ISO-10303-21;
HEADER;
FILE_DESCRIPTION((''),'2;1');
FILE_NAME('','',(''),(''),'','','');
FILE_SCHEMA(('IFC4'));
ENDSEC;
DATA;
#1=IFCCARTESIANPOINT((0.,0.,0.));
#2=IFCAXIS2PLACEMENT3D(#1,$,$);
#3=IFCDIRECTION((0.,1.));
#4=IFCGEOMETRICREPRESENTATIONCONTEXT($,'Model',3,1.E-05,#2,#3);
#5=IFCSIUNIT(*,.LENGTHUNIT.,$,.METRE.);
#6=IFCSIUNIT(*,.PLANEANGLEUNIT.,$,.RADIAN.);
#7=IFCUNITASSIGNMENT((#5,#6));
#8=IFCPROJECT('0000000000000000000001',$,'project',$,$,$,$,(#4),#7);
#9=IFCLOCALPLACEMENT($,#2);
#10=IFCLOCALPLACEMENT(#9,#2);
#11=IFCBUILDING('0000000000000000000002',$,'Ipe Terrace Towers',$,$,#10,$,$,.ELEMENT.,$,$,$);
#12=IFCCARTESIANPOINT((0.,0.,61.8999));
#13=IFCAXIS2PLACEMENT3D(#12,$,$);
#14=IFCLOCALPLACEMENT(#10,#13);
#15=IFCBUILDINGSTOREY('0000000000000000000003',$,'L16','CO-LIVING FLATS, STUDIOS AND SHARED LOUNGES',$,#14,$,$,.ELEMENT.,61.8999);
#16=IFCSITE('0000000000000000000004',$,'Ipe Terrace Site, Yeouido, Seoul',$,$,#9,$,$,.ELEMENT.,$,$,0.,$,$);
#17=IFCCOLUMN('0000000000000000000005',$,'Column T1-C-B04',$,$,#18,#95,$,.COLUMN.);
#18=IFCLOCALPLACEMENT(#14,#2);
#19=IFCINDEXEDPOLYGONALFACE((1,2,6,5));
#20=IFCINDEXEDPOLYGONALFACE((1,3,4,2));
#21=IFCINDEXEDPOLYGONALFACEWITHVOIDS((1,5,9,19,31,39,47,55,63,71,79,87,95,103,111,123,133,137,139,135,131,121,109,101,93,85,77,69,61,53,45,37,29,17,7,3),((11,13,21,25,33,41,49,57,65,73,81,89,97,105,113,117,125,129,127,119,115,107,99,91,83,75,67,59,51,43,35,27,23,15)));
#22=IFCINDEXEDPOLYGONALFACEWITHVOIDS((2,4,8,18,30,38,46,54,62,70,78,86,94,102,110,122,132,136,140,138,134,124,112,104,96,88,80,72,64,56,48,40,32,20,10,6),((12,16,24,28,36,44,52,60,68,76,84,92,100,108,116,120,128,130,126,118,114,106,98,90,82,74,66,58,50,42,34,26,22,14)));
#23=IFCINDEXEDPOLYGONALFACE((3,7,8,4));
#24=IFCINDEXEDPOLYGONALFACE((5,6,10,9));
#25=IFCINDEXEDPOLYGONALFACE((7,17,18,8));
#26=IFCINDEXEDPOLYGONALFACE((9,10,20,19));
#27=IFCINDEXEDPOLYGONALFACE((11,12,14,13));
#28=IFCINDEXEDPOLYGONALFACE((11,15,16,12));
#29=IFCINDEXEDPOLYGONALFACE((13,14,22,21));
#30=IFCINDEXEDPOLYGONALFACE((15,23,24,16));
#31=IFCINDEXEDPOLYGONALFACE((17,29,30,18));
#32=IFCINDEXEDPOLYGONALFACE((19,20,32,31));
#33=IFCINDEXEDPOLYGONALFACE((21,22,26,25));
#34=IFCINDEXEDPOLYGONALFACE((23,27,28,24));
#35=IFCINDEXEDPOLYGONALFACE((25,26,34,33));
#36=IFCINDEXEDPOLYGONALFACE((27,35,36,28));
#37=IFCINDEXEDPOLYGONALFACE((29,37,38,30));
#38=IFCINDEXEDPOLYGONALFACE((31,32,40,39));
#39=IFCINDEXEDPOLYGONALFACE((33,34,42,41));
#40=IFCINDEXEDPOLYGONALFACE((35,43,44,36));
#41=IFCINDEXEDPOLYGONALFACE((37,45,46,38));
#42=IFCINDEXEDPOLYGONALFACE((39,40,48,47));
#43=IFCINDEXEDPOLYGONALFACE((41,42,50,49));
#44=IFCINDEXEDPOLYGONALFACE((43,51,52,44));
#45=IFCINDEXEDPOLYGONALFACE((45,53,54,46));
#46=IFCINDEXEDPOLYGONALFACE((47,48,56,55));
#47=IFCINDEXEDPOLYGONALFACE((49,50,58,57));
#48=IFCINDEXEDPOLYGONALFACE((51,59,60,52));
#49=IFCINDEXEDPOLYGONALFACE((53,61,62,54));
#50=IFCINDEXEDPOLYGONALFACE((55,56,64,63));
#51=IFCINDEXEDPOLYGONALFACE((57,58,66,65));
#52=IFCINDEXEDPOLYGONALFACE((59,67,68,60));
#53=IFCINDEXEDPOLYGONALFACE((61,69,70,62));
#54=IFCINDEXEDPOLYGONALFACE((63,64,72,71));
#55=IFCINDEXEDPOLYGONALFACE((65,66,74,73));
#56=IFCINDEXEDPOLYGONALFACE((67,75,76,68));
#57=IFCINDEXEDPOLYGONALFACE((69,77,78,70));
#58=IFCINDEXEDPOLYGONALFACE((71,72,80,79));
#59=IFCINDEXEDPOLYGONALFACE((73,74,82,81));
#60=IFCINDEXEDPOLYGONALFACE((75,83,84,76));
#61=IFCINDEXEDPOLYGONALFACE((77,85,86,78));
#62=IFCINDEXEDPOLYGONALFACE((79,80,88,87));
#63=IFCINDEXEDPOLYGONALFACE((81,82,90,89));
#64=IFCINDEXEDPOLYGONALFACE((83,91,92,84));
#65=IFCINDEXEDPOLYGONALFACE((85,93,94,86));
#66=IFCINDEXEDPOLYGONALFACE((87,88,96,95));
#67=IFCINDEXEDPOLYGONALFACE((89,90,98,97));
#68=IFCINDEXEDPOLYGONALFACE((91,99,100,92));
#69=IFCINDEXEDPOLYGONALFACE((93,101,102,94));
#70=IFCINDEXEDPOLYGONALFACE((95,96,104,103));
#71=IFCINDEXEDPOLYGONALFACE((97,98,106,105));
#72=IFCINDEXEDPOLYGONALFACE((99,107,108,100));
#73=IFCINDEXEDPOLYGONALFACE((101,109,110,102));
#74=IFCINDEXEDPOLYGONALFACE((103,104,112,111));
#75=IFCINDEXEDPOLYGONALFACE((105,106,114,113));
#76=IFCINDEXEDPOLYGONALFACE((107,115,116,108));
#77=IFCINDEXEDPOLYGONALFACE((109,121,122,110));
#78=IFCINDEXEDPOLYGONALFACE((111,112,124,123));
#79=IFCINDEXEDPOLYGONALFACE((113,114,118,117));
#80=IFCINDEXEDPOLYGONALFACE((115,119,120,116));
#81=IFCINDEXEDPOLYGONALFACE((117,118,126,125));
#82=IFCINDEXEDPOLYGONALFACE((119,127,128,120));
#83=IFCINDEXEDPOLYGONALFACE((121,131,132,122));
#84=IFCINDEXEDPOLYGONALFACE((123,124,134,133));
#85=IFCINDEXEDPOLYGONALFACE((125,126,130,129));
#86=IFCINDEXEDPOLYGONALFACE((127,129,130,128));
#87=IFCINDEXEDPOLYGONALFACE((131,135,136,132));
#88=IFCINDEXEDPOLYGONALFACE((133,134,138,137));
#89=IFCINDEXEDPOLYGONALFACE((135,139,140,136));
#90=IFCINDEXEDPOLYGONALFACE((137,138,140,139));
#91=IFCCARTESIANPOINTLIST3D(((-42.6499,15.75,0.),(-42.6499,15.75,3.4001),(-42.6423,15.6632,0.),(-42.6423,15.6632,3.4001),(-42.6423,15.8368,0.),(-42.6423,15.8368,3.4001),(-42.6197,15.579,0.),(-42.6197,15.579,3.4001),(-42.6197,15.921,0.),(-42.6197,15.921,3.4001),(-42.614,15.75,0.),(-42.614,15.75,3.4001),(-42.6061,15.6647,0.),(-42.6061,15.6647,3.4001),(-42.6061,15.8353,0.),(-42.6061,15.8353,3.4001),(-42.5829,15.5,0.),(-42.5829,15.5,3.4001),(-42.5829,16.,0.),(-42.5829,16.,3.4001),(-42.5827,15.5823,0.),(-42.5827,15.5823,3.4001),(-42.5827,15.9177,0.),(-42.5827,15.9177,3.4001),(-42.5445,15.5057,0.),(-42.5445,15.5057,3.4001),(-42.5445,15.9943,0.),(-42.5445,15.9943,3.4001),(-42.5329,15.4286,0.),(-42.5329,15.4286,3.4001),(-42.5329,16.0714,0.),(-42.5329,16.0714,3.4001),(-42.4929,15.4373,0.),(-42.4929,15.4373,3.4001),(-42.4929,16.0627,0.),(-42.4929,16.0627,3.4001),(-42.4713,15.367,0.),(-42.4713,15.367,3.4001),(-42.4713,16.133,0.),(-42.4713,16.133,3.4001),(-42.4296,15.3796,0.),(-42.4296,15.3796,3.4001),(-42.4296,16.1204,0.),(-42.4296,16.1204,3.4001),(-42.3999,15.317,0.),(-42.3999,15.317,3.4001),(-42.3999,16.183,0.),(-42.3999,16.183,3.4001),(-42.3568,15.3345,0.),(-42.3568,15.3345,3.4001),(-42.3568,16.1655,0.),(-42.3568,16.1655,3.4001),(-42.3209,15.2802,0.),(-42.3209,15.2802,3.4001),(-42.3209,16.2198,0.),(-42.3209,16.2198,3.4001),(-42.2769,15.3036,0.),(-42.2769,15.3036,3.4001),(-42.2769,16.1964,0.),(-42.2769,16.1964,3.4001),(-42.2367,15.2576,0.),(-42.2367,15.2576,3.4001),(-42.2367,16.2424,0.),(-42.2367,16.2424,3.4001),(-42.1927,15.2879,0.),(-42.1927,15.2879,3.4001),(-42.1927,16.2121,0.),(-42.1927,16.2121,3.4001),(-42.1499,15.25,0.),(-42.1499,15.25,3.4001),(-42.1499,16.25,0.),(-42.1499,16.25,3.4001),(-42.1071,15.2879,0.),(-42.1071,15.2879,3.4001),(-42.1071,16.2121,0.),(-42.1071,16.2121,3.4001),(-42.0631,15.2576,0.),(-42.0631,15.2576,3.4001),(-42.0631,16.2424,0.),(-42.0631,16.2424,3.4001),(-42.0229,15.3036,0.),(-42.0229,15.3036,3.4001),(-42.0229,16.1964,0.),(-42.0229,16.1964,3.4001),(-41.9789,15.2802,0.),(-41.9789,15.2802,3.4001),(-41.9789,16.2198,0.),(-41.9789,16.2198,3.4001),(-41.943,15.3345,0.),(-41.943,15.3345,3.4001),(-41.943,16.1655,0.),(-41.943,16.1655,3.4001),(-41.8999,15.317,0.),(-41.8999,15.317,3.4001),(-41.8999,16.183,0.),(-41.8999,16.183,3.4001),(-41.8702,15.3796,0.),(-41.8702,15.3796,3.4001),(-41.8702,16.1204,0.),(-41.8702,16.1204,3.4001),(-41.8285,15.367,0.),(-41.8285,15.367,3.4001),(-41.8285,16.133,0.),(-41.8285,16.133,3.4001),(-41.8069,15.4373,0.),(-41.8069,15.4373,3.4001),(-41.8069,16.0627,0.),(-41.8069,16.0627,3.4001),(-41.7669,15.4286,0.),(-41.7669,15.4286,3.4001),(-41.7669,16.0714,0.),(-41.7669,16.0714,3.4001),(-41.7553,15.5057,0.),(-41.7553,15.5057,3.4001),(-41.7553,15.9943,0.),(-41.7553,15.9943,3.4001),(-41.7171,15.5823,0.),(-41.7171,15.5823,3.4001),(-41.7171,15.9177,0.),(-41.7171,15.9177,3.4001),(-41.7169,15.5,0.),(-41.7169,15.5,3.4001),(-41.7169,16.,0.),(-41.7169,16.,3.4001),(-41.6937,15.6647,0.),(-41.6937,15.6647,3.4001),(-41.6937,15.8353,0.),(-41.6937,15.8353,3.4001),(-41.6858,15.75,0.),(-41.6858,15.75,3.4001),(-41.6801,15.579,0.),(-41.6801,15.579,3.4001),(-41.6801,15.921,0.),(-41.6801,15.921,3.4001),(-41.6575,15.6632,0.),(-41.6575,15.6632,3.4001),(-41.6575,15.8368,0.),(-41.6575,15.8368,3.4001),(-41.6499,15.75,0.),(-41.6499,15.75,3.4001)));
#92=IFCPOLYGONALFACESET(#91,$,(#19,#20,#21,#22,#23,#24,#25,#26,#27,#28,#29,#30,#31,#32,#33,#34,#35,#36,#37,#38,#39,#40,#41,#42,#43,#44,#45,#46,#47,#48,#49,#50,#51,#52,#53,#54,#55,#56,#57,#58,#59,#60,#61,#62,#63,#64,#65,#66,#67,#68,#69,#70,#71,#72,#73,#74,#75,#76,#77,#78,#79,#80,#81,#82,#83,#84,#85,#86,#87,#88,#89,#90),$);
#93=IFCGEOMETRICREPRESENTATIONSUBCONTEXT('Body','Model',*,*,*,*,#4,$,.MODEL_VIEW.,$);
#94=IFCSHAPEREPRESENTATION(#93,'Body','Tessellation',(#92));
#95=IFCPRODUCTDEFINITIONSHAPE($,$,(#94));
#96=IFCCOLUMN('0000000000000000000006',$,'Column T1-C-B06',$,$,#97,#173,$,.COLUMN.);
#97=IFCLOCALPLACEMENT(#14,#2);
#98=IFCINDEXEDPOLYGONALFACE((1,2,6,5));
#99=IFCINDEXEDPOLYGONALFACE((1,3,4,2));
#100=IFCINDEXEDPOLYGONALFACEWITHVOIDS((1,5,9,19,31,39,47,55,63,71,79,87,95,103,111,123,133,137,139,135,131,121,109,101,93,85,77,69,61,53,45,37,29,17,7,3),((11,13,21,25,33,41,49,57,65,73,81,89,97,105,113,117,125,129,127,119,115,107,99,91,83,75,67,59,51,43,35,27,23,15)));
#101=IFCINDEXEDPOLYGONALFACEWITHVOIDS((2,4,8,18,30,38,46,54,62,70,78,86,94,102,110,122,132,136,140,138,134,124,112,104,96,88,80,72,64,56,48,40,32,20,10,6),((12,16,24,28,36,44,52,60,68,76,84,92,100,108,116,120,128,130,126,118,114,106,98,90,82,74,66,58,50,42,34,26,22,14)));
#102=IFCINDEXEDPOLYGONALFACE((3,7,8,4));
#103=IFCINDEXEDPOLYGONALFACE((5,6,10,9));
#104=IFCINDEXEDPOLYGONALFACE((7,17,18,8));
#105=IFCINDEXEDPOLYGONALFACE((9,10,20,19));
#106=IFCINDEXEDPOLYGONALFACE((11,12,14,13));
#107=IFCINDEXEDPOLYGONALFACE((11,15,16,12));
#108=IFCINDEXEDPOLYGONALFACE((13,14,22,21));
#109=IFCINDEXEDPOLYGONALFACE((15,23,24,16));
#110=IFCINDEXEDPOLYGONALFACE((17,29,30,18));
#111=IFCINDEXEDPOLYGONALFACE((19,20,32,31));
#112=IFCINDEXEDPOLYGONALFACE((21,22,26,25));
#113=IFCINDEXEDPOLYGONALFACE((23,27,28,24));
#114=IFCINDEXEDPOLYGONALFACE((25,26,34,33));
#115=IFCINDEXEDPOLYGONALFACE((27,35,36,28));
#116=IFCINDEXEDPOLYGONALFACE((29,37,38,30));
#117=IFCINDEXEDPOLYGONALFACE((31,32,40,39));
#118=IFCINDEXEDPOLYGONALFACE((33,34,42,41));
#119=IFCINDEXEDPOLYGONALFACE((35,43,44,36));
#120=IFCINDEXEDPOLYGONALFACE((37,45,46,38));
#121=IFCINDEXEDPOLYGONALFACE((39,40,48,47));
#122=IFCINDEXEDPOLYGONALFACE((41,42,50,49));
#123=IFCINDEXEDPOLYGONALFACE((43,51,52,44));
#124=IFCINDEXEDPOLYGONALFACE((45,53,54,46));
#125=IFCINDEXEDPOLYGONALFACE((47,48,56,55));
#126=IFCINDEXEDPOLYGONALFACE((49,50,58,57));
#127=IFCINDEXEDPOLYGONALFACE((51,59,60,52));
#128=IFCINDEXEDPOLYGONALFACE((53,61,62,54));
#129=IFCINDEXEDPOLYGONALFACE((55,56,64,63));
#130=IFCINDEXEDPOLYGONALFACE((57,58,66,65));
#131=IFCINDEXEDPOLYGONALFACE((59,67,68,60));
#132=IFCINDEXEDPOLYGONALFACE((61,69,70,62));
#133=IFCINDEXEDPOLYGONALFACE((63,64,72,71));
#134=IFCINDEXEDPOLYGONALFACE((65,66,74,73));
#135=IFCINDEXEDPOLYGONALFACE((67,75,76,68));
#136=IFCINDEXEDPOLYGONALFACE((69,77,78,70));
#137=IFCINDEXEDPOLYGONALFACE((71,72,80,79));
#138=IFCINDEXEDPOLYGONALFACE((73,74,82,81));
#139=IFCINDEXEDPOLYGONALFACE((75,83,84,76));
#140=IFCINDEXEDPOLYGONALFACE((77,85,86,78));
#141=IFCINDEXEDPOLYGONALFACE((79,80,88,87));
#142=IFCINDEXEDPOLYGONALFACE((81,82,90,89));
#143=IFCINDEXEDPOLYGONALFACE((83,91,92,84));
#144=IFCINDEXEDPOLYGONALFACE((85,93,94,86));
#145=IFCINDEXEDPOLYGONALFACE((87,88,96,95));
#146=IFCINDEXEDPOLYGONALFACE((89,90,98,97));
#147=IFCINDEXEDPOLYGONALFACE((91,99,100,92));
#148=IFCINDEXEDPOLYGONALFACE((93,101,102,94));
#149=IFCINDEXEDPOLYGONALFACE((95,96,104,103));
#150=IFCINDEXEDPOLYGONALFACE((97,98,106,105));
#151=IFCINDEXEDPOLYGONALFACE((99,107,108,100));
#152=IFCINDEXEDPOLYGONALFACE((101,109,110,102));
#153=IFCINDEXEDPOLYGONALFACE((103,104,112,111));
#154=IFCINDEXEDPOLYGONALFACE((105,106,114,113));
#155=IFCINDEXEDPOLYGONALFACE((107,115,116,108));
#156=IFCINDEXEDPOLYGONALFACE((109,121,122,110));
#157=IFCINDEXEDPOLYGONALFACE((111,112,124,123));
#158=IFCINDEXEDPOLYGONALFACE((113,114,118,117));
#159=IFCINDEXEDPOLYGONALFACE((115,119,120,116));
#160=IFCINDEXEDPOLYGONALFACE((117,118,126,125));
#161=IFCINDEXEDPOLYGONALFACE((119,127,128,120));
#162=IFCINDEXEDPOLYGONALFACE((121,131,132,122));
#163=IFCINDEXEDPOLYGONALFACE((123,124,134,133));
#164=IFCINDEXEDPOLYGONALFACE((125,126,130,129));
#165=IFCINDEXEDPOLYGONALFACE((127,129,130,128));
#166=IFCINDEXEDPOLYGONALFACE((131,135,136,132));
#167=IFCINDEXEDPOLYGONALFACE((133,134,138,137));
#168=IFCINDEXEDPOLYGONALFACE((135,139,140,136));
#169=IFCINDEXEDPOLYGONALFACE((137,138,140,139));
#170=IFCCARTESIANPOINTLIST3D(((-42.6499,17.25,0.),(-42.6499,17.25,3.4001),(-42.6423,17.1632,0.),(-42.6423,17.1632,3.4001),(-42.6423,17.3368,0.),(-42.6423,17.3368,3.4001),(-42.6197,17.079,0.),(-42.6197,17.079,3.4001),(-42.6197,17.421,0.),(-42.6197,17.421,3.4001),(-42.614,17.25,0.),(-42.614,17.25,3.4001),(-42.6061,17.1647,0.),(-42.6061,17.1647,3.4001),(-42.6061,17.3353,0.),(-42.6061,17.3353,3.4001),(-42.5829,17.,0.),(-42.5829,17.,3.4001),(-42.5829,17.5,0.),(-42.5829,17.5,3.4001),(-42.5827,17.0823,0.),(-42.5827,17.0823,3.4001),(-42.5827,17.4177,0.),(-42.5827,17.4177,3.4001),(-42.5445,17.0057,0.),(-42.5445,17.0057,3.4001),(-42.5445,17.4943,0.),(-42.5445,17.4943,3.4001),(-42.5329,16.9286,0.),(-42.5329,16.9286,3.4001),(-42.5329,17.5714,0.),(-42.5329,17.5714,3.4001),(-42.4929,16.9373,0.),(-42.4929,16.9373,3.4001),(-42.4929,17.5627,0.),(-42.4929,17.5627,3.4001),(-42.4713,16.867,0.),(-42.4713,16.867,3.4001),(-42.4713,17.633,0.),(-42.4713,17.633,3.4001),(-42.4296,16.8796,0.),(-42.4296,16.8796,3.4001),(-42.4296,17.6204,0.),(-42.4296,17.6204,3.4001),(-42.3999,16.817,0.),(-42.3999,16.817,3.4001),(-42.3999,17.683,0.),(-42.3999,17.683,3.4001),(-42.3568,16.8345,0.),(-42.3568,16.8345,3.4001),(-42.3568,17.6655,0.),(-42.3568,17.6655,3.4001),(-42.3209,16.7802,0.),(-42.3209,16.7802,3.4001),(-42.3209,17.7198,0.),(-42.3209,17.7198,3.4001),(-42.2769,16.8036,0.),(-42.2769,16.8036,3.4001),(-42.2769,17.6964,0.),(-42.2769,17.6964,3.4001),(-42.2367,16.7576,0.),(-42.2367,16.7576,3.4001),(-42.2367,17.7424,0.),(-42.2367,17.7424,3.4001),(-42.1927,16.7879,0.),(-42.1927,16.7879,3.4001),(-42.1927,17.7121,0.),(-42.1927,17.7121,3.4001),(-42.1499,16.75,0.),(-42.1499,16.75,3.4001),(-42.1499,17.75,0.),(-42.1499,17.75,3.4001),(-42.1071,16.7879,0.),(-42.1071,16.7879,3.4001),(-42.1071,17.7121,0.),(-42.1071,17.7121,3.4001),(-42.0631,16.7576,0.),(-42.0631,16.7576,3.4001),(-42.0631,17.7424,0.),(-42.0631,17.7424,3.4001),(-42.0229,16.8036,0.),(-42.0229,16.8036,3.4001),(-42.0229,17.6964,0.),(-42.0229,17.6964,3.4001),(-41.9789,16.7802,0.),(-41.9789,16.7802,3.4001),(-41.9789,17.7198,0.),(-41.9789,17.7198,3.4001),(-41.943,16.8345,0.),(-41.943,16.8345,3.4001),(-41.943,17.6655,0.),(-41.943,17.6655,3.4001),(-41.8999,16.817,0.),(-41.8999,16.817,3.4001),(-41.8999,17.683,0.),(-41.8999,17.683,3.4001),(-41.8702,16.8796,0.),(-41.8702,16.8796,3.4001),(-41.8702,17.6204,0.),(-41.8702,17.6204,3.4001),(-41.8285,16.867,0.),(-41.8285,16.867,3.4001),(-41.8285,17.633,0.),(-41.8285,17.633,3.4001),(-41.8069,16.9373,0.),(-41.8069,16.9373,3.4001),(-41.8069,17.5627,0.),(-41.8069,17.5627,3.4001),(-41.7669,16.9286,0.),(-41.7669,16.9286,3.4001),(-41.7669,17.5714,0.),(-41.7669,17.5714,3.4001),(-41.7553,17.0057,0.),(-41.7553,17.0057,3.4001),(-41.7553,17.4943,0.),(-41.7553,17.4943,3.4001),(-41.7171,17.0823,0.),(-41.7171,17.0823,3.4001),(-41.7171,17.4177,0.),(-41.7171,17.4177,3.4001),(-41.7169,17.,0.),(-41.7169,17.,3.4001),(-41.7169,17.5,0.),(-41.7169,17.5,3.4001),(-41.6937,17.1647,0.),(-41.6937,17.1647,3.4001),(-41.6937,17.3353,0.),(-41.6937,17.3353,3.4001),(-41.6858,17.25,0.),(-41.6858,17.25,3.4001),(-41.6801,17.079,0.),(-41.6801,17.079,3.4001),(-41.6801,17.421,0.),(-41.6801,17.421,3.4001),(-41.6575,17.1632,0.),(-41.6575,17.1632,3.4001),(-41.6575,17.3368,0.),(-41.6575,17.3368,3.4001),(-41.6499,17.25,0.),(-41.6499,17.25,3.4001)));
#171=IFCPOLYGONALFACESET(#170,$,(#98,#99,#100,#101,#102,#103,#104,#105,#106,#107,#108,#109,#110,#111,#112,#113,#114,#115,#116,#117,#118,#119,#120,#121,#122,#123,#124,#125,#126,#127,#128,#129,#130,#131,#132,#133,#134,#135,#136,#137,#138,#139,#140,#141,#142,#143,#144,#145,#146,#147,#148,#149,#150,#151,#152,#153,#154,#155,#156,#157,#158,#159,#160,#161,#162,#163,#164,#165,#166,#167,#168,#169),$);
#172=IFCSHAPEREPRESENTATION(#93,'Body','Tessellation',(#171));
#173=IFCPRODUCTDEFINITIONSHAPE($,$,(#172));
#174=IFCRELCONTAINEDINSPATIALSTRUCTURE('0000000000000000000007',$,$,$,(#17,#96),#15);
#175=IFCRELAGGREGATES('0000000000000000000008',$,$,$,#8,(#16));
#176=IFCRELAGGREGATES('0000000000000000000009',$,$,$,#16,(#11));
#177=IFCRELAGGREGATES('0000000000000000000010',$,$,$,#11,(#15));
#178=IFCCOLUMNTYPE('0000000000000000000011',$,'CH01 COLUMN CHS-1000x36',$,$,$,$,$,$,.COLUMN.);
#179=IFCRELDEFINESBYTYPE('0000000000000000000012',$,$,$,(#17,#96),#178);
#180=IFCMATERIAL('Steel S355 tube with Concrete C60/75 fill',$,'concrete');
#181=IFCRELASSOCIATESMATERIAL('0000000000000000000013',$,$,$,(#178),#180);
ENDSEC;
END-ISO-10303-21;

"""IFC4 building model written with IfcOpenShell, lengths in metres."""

from ifc_helpers import new_model, si_unit, direction, frame, origin, origin_2d, place, context, subcontext, project, spatial, hollow_circle, extrude, material, material_profile, profile_set, type_object, element, save


model = new_model("IFC4")

# Units and contexts
model_context = context("Model", 3, precision=1e-05, world=origin(), true_north=direction((0.0, 1.0)))
body_context = subcontext(model_context, "Body", "Model", "MODEL_VIEW")
ifc_project = project(units=[si_unit("LENGTHUNIT", "METRE"), si_unit("PLANEANGLEUNIT", "RADIAN")], contexts=[model_context])

# Site, building, storey
site_placement = place(None, origin())
site = spatial("IfcSite", under=ifc_project, at=site_placement, Name="Ipe Terrace Site, Yeouido, Seoul", CompositionType="ELEMENT", RefElevation=0.0)
building_placement = place(site_placement, origin())
building = spatial("IfcBuilding", under=site, at=building_placement, Name="Ipe Terrace Towers", CompositionType="ELEMENT")
storey_placement = place(building_placement, frame((0.0, 0.0, 61.8999)))
storey = spatial("IfcBuildingStorey", under=building, at=storey_placement, Name="L16", Description="CO-LIVING FLATS, STUDIOS AND SHARED LOUNGES", CompositionType="ELEMENT", Elevation=61.8999)

# Columns
ifc_material_1 = material(Name="Steel S355 tube with Concrete C60/75 fill", Category="concrete")
ifc_material_profile_1 = material_profile(ifc_material_1, hollow_circle(Radius=0.5, WallThickness=0.0359, at=origin_2d()), Name="CHS-1000x36")
ifc_profile_set_1 = profile_set([ifc_material_profile_1], Name="Steel S355 tube with Concrete C60/75 fill")
column_type_1 = type_object("IfcColumnType", Name="CH01 COLUMN CHS-1000x36", PredefinedType="COLUMN", material=ifc_profile_set_1)
for number, where, z_axis, x_axis, name in (
    (1, (-42.1499, 15.75, 0.0), (0.0, 0.0, 1.0), (1.0, 0.0, 0.0), "Column T1-C-B04"),
    (2, (-42.1499, 17.25, 0.0), (0.0, 0.0, 1.0), (1.0, 0.0, 0.0), "Column T1-C-B06"),
):
    element("IfcColumn", number, at=place(storey_placement, frame(where, z_axis=z_axis, x_axis=x_axis)), inside=storey, type_object=column_type_1, Name=name, PredefinedType="COLUMN", context=body_context, shape_type="SweptSolid", body=[
        extrude(hollow_circle(Radius=0.5, WallThickness=0.0359, at=origin_2d()), origin(), (0.0, 0.0, 1.0), 3.4001),
    ])

save(model, "model.ifc")
